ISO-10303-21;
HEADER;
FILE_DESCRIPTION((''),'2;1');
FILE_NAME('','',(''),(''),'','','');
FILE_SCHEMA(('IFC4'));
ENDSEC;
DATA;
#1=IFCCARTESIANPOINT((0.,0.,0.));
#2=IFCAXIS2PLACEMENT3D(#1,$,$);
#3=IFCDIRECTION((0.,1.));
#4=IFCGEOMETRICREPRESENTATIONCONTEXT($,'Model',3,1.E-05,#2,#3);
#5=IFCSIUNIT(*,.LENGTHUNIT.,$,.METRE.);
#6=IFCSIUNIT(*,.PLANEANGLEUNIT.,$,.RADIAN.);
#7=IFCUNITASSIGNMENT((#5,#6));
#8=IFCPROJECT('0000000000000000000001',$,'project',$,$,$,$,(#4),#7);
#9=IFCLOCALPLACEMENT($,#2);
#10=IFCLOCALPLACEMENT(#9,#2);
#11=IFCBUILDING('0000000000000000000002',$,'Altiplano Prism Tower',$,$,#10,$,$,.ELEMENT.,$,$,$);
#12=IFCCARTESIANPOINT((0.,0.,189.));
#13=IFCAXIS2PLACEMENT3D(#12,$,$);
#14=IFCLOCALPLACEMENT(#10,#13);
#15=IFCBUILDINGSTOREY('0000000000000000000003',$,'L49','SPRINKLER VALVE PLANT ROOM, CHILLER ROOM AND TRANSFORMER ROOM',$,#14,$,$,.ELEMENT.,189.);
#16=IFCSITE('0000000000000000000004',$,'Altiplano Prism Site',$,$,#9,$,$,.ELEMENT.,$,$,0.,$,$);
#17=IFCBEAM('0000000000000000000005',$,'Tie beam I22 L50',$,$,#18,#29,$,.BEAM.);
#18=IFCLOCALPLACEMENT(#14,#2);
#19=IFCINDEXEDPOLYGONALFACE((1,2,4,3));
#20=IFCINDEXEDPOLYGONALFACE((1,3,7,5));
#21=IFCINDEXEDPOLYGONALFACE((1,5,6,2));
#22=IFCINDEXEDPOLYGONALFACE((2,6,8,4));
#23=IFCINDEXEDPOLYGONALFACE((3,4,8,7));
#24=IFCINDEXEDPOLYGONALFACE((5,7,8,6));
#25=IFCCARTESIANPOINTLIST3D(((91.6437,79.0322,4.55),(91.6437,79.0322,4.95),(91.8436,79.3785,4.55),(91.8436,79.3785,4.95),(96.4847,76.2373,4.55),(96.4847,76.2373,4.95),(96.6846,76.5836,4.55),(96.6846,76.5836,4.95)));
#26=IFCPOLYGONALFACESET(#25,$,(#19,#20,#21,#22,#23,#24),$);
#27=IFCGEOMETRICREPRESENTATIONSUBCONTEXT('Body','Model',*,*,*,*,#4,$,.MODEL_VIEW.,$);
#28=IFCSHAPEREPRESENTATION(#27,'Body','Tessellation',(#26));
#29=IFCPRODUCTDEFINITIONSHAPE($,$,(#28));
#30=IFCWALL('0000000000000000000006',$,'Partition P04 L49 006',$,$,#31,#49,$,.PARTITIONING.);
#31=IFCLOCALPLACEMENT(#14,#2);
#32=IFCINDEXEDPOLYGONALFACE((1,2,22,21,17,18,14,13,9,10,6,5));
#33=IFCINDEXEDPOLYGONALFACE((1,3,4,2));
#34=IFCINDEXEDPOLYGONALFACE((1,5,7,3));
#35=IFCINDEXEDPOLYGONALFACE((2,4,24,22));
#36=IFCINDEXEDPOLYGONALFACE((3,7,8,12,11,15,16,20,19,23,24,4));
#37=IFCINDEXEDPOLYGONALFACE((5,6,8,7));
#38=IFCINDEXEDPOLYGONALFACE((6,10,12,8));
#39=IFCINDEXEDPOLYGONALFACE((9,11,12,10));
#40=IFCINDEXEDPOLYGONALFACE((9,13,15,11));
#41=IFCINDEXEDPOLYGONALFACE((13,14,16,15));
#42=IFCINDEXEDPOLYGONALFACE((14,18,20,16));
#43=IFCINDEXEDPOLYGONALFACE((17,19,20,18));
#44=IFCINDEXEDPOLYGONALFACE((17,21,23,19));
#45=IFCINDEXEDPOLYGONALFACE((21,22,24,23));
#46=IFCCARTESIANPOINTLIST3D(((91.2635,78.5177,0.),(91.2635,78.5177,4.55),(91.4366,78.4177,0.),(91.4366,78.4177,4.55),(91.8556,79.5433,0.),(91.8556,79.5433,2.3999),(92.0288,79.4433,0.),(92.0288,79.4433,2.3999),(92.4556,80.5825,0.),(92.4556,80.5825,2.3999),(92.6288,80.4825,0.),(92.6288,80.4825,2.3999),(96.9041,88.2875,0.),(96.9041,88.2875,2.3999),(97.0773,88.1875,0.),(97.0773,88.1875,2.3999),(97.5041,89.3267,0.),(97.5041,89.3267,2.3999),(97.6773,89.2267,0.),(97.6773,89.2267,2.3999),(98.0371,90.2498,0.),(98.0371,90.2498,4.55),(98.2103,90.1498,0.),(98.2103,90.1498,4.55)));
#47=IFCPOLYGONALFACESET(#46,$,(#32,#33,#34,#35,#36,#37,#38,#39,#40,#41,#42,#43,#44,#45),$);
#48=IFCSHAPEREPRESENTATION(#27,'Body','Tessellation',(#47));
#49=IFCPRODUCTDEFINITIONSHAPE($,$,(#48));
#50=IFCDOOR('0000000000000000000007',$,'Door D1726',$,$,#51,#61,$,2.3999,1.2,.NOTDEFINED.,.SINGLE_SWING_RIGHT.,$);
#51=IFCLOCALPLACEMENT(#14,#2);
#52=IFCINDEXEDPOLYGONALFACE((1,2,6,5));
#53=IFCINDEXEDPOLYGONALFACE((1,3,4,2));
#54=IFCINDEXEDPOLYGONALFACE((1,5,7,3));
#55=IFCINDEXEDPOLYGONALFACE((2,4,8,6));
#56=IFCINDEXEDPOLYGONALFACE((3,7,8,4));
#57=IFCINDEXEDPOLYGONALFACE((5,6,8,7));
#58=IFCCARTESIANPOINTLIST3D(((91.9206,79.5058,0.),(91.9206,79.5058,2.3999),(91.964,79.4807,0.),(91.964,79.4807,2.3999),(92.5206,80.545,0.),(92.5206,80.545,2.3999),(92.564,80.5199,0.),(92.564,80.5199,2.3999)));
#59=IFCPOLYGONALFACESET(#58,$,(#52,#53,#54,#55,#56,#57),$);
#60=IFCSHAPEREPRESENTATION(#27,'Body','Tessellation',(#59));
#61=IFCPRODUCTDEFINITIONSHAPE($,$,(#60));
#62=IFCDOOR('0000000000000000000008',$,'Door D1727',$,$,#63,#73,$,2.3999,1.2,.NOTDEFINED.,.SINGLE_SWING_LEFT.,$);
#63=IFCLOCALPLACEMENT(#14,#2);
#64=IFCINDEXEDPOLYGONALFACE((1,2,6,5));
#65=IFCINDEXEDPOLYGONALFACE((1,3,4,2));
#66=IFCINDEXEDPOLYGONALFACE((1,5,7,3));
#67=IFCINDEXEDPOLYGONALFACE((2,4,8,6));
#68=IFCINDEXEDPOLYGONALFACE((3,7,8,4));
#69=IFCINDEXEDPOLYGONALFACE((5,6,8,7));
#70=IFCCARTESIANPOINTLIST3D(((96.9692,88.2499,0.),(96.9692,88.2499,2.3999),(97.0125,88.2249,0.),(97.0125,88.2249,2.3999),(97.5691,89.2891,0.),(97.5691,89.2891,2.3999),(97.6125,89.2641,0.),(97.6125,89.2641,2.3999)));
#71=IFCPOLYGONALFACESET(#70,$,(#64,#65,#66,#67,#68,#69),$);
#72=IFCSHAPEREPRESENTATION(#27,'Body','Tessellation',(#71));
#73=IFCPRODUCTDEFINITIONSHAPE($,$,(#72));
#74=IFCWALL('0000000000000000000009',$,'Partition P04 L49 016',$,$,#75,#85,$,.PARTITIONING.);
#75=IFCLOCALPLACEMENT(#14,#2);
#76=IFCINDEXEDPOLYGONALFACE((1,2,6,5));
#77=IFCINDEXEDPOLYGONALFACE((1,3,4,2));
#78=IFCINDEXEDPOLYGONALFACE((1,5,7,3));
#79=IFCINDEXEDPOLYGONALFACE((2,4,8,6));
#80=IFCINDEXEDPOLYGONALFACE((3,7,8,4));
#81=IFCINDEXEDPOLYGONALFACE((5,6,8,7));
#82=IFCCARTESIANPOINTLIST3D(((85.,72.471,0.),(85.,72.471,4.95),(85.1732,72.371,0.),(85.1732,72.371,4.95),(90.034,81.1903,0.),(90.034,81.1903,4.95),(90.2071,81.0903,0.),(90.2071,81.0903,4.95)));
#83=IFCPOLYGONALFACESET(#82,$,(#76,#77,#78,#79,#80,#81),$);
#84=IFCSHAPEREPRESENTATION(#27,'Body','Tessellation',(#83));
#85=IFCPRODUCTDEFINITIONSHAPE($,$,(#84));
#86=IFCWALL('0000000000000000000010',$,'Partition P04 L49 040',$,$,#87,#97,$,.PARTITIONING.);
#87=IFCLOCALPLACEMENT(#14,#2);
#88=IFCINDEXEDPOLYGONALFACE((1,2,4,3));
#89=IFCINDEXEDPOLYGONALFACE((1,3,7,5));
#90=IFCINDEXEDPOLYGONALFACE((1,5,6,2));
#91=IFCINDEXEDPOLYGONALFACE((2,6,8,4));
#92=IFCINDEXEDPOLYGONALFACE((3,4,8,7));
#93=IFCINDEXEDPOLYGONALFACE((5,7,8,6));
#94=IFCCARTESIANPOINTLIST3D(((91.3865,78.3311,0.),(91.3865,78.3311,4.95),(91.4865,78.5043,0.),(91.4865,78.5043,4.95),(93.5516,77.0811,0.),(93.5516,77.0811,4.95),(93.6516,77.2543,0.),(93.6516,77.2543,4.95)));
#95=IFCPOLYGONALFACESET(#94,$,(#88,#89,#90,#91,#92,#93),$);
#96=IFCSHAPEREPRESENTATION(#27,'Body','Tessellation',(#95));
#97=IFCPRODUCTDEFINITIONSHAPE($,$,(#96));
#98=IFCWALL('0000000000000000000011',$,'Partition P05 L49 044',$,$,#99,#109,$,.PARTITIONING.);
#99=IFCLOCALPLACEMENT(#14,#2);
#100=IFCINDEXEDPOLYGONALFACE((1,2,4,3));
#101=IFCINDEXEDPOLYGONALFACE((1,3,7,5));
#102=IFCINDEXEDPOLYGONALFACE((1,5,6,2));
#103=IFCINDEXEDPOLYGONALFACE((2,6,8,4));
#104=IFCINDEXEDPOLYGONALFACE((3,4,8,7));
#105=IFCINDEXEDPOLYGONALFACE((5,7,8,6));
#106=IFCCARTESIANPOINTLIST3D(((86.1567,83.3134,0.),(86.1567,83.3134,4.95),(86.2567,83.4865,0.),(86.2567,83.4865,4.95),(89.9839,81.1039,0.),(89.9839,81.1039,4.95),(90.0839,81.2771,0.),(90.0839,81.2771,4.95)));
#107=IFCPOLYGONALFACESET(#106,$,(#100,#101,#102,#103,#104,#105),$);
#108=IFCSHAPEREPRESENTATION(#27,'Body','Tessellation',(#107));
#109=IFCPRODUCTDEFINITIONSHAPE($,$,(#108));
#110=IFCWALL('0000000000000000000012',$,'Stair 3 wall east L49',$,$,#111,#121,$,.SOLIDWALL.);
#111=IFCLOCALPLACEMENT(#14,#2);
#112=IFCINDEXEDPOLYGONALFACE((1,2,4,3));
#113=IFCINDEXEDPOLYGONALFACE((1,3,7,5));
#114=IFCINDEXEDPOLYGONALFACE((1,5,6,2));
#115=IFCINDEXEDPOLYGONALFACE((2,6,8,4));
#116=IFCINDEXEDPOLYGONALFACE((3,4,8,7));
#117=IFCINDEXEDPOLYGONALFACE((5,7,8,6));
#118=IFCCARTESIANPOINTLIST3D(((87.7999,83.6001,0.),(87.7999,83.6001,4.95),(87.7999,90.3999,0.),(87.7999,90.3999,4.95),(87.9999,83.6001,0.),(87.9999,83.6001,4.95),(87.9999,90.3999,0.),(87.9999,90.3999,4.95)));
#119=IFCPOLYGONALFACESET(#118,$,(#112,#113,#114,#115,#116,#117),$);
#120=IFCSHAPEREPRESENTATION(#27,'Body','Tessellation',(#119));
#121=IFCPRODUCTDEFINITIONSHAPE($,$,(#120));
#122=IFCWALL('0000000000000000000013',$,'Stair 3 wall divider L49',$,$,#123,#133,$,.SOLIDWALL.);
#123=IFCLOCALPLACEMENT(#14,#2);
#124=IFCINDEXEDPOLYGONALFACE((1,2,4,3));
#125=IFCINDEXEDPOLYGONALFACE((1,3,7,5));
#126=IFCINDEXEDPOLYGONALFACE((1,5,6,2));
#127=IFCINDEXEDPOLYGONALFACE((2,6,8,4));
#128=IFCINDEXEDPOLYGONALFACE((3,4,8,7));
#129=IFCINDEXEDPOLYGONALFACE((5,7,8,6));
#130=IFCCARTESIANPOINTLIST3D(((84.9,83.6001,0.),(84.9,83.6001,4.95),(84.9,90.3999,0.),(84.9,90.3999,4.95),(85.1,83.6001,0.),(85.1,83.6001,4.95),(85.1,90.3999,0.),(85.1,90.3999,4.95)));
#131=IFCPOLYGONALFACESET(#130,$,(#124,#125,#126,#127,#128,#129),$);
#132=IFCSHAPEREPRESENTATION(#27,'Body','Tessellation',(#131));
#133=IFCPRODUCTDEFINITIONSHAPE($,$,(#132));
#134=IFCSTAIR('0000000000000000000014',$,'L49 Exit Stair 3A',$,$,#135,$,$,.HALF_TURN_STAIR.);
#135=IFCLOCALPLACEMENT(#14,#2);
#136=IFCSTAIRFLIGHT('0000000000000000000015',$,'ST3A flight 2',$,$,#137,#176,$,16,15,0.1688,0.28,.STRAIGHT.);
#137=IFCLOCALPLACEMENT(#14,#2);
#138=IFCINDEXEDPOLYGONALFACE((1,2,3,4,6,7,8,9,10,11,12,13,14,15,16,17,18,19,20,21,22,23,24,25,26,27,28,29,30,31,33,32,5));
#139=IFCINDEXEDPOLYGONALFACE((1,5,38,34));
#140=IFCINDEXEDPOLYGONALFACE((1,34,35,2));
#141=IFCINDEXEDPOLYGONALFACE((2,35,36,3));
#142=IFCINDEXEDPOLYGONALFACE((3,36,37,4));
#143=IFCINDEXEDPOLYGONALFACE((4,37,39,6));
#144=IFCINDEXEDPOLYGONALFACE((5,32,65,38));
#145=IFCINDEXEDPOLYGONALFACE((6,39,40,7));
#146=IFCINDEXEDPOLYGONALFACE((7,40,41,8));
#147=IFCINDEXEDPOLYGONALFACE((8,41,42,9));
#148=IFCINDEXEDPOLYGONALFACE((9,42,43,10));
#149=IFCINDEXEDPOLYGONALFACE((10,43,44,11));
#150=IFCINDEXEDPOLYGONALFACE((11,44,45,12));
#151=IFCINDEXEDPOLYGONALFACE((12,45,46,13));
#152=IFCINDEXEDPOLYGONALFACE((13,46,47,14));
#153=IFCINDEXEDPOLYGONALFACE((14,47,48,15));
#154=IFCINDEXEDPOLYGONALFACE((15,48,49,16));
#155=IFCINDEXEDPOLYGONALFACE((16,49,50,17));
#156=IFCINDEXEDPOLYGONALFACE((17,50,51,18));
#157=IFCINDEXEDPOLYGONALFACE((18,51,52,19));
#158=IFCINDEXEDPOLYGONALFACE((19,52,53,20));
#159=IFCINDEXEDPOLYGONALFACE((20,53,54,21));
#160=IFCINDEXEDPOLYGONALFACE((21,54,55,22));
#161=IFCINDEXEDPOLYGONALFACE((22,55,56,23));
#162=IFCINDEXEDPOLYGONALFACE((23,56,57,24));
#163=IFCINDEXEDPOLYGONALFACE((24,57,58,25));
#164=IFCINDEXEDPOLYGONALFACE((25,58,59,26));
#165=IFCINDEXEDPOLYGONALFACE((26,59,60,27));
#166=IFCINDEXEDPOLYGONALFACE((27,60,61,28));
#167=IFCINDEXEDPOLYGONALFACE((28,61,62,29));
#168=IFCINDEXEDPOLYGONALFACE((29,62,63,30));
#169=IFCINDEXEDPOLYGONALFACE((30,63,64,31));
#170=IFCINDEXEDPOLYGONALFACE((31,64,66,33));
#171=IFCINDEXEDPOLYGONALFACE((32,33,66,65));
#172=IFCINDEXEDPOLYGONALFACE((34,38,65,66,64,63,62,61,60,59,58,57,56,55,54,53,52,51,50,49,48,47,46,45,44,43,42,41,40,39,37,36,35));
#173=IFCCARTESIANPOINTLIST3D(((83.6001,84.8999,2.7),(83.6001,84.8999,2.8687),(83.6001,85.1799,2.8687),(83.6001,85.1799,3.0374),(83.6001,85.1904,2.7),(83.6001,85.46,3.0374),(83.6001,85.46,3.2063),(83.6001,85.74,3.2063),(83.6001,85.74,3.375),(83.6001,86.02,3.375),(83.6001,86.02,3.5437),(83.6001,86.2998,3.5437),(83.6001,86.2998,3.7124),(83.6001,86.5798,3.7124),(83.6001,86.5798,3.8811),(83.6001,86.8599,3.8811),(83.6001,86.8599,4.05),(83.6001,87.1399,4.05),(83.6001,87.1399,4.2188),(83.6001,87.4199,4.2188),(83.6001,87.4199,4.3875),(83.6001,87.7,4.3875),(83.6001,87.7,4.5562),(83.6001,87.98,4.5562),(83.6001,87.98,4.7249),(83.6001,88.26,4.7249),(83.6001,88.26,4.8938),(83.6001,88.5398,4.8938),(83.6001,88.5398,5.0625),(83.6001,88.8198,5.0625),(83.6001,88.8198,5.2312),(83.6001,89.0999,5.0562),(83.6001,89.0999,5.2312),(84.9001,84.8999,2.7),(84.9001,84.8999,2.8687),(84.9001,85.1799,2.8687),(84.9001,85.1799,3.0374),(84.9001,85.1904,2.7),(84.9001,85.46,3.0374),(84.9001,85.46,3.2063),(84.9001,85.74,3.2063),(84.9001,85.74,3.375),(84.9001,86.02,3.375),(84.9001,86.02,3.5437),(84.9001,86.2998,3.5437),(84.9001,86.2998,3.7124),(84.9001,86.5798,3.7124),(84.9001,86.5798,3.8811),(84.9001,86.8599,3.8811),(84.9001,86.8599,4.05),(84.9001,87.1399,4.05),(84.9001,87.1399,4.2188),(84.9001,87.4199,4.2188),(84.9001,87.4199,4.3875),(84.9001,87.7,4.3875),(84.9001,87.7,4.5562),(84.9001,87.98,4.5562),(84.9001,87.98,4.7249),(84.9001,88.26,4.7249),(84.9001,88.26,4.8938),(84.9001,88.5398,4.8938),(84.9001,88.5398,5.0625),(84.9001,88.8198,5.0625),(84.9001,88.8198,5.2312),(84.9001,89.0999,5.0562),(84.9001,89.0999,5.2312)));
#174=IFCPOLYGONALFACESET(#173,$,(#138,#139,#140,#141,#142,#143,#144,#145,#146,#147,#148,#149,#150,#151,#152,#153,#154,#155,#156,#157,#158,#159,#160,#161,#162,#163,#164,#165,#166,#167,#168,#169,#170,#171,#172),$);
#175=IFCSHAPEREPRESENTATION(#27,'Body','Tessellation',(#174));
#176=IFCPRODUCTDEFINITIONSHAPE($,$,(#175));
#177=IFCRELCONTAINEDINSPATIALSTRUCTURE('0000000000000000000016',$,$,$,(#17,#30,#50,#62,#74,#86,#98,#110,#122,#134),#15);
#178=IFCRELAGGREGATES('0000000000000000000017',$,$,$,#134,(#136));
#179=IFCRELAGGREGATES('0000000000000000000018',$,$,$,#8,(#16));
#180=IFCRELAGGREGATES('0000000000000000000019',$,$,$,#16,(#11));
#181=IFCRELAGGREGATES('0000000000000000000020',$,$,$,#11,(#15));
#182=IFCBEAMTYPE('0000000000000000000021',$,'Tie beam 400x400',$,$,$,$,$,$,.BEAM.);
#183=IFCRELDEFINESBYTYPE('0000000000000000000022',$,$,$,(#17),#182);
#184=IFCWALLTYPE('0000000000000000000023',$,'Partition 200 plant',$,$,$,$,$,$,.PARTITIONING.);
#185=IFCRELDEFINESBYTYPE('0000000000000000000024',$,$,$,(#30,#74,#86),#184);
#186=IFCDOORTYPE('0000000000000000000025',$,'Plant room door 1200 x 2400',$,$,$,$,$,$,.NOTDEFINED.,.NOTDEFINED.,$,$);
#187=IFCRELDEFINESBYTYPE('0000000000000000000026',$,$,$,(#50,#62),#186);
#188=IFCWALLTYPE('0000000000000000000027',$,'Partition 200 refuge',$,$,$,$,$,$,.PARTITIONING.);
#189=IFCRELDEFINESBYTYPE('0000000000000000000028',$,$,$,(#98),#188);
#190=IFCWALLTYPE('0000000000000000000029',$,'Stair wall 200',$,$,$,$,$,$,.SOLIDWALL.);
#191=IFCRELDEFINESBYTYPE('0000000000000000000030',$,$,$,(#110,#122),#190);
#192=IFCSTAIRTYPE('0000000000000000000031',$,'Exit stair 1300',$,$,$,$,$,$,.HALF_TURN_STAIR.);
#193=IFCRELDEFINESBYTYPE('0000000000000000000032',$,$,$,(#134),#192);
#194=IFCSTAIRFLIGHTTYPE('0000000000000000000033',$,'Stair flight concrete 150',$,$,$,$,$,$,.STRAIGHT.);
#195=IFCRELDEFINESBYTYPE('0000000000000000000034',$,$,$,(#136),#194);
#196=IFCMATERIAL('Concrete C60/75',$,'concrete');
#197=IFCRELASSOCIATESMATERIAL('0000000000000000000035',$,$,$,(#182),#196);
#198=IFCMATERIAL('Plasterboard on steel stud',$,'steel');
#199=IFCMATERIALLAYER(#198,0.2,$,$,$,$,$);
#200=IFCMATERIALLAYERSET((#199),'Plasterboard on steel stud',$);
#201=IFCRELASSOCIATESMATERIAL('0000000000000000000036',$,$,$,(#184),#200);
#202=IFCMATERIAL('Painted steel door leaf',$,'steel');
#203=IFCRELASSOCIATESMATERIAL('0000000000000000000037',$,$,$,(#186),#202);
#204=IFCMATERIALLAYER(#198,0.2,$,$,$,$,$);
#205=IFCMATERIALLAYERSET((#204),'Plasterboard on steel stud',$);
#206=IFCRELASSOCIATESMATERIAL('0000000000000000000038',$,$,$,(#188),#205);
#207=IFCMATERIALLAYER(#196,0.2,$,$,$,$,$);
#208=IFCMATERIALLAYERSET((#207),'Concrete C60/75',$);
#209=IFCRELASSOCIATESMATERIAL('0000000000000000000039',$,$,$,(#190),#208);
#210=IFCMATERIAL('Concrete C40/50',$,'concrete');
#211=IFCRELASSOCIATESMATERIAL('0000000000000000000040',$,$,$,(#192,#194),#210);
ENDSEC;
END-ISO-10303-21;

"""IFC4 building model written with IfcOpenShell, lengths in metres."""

from ifc_helpers import new_model, si_unit, direction, frame, frame_2d, origin, origin_2d, place, context, subcontext, project, spatial, polyline, rectangle, outline, extrude, material, layer, layer_set, material_profile, profile_set, type_object, element, fill, aggregate, save


model = new_model("IFC4")

# Units and contexts
model_context = context("Model", 3, precision=1e-05, world=origin(), true_north=direction((0.0, 1.0)))
body_context = subcontext(model_context, "Body", "Model", "MODEL_VIEW")
ifc_project = project(units=[si_unit("LENGTHUNIT", "METRE"), si_unit("PLANEANGLEUNIT", "RADIAN")], contexts=[model_context])

# Site, building, storey
site_placement = place(None, origin())
site = spatial("IfcSite", under=ifc_project, at=site_placement, Name="Altiplano Prism Site", CompositionType="ELEMENT", RefElevation=0.0)
building_placement = place(site_placement, origin())
building = spatial("IfcBuilding", under=site, at=building_placement, Name="Altiplano Prism Tower", CompositionType="ELEMENT")
storey_placement = place(building_placement, frame((0.0, 0.0, 189.0)))
storey = spatial("IfcBuildingStorey", under=building, at=storey_placement, Name="L49", Description="SPRINKLER VALVE PLANT ROOM, CHILLER ROOM AND TRANSFORMER ROOM", CompositionType="ELEMENT", Elevation=189.0)

# Shared definitions
ifc_material_1 = material(Name="Concrete C60/75", Category="concrete")

# Beam
ifc_material_profile_1 = material_profile(ifc_material_1, rectangle(XDim=0.3999, YDim=0.3999, at=origin_2d()), Name="Tie beam 400x400")
ifc_profile_set_1 = profile_set([ifc_material_profile_1], Name="Concrete C60/75")
beam_type = type_object("IfcBeamType", Name="Tie beam 400x400", PredefinedType="BEAM", material=ifc_profile_set_1)
beam_placement = place(storey_placement, frame((91.7437, 79.2053, 4.75), z_axis=(0.866031, -0.499991, 0.0), x_axis=(0.499991, 0.866031, 0.0)))
element("IfcBeam", 1, at=beam_placement, inside=storey, type_object=beam_type, Name="Tie beam I22 L50", PredefinedType="BEAM", context=body_context, shape_type="SweptSolid", body=[
    extrude(rectangle(XDim=0.3999, YDim=0.3999, at=origin_2d()), origin(), (0.0, 0.0, 1.0), 5.5898),
])

# Wall, openings, doors
ifc_material_2 = material(Name="Plasterboard on steel stud", Category="steel")
ifc_layer_1 = layer(ifc_material_2, 0.2)
ifc_layer_set_1 = layer_set([ifc_layer_1], Name="Plasterboard on steel stud")
wall_type_1 = type_object("IfcWallType", Name="Partition 200 plant", PredefinedType="PARTITIONING", material=ifc_layer_set_1)
wall_1_placement = place(storey_placement, frame((91.3501, 78.4678, 0.0), z_axis=(0.0, 0.0, 1.0), x_axis=(0.500006, 0.866022, 0.0)))
wall_1 = element("IfcWall", 2, at=wall_1_placement, inside=storey, type_object=wall_type_1, Name="Partition P04 L49 006", PredefinedType="PARTITIONING", context=body_context, shape_type="SweptSolid", body=[
    extrude(rectangle(XDim=13.5471, YDim=0.2, at=frame_2d((6.7734, 0.0))), origin(), (0.0, 0.0, 1.0), 4.55),
])
opening_1_placement = place(wall_1_placement, frame((1.1841, 0.0, 0.0)))
opening_1 = element("IfcOpeningElement", 3, at=opening_1_placement, cuts=wall_1, PredefinedType="OPENING", context=body_context, shape_type="SweptSolid", body=[
    extrude(rectangle(XDim=1.2, YDim=2.3999, at=frame_2d((0.6001, 1.2))), frame((0.0, 0.1104, 0.0), z_axis=(0.0, -1.0, 0.0), x_axis=(1.0, 0.0, 0.0)), (0.0, 0.0, 1.0), 0.2209),
])
opening_2_placement = place(wall_1_placement, frame((11.281, 0.0, 0.0)))
opening_2 = element("IfcOpeningElement", 4, at=opening_2_placement, cuts=wall_1, PredefinedType="OPENING", context=body_context, shape_type="SweptSolid", body=[
    extrude(rectangle(XDim=1.2, YDim=2.3999, at=frame_2d((0.6001, 1.2))), frame((0.0, 0.1104, 0.0), z_axis=(0.0, -1.0, 0.0), x_axis=(1.0, 0.0, 0.0)), (0.0, 0.0, 1.0), 0.2209),
])
ifc_material_3 = material(Name="Painted steel door leaf", Category="steel")
door_type = type_object("IfcDoorType", Name="Plant room door 1200 x 2400", OperationType="NOTDEFINED", PredefinedType="NOTDEFINED", material=ifc_material_3)
door_1_placement = place(opening_1_placement, origin())
door_1 = element("IfcDoor", 5, at=door_1_placement, inside=storey, type_object=door_type, Name="Door D1726", OperationType="SINGLE_SWING_RIGHT", OverallHeight=2.3999, OverallWidth=1.2, PredefinedType="NOTDEFINED", context=body_context, shape_type="SweptSolid", body=[
    extrude(rectangle(XDim=1.2, YDim=2.3999, at=frame_2d((0.6001, 1.2))), frame((0.0, 0.0249, 0.0), z_axis=(0.0, -1.0, 0.0), x_axis=(1.0, 0.0, 0.0)), (0.0, 0.0, 1.0), 0.05),
])
fill(opening_1, door_1)
door_2_placement = place(opening_2_placement, origin())
door_2 = element("IfcDoor", 6, at=door_2_placement, inside=storey, type_object=door_type, Name="Door D1727", OperationType="SINGLE_SWING_LEFT", OverallHeight=2.3999, OverallWidth=1.2, PredefinedType="NOTDEFINED", context=body_context, shape_type="SweptSolid", body=[
    extrude(rectangle(XDim=1.2, YDim=2.3999, at=frame_2d((0.6001, 1.2))), frame((0.0, 0.0249, 0.0), z_axis=(0.0, -1.0, 0.0), x_axis=(1.0, 0.0, 0.0)), (0.0, 0.0, 1.0), 0.05),
])
fill(opening_2, door_2)

# Walls
wall_2_placement = place(storey_placement, frame((90.1206, 81.1404, 0.0), z_axis=(0.0, 0.0, 1.0), x_axis=(-0.499991, -0.866031, 0.0)))
element("IfcWall", 7, at=wall_2_placement, inside=storey, type_object=wall_type_1, Name="Partition P04 L49 016", PredefinedType="PARTITIONING", context=body_context, shape_type="SweptSolid", body=[
    extrude(rectangle(XDim=10.0681, YDim=0.2, at=frame_2d((5.0342, 0.0))), origin(), (0.0, 0.0, 1.0), 4.95),
])
wall_3_placement = place(storey_placement, frame((91.4365, 78.4177, 0.0), z_axis=(0.0, 0.0, 1.0), x_axis=(0.866023, -0.500004, 0.0)))
element("IfcWall", 8, at=wall_3_placement, inside=storey, type_object=wall_type_1, Name="Partition P04 L49 040", PredefinedType="PARTITIONING", context=body_context, shape_type="SweptSolid", body=[
    extrude(rectangle(XDim=2.5, YDim=0.2, at=frame_2d((1.25, 0.0))), origin(), (0.0, 0.0, 1.0), 4.95),
])
ifc_layer_2 = layer(ifc_material_2, 0.2)
ifc_layer_set_2 = layer_set([ifc_layer_2], Name="Plasterboard on steel stud")
wall_type_2 = type_object("IfcWallType", Name="Partition 200 refuge", PredefinedType="PARTITIONING", material=ifc_layer_set_2)
wall_4_placement = place(storey_placement, frame((86.2068, 83.3999, 0.0), z_axis=(0.0, 0.0, 1.0), x_axis=(0.866038, -0.499978, 0.0)))
element("IfcWall", 9, at=wall_4_placement, inside=storey, type_object=wall_type_2, Name="Partition P05 L49 044", PredefinedType="PARTITIONING", context=body_context, shape_type="SweptSolid", body=[
    extrude(rectangle(XDim=4.4192, YDim=0.2, at=frame_2d((2.2095, 0.0))), origin(), (0.0, 0.0, 1.0), 4.95),
])
ifc_layer_3 = layer(ifc_material_1, 0.2)
ifc_layer_set_3 = layer_set([ifc_layer_3], Name="Concrete C60/75")
wall_type_3 = type_object("IfcWallType", Name="Stair wall 200", PredefinedType="SOLIDWALL", material=ifc_layer_set_3)
for number, where, z_axis, x_axis, name in (
    (10, (87.8999, 83.6001, 0.0), (0.0, 0.0, 1.0), (0.0, 1.0, 0.0), "Stair 3 wall east L49"),
    (11, (85.0, 83.6001, 0.0), (0.0, 0.0, 1.0), (0.0, 1.0, 0.0), "Stair 3 wall divider L49"),
):
    element("IfcWall", number, at=place(storey_placement, frame(where, z_axis=z_axis, x_axis=x_axis)), inside=storey, type_object=wall_type_3, Name=name, PredefinedType="SOLIDWALL", context=body_context, shape_type="SweptSolid", body=[
        extrude(rectangle(XDim=6.7998, YDim=0.2, at=frame_2d((3.3999, 0.0))), origin(), (0.0, 0.0, 1.0), 4.95),
    ])

# Stair, stair flight
ifc_material_4 = material(Name="Concrete C40/50", Category="concrete")
stair_type = type_object("IfcStairType", Name="Exit stair 1300", PredefinedType="HALF_TURN_STAIR", material=ifc_material_4)
stair_1_placement = place(storey_placement, origin())
stair_1 = element("IfcStair", 12, at=stair_1_placement, inside=storey, type_object=stair_type, Name="L49 Exit Stair 3A", PredefinedType="HALF_TURN_STAIR")
stair_flight_type = type_object("IfcStairFlightType", Name="Stair flight concrete 150", PredefinedType="STRAIGHT", material=ifc_material_4)
stair_flight_1_placement = place(storey_placement, frame((84.25, 84.8999, 2.7), z_axis=(0.0, 0.0, 1.0), x_axis=(0.0, 1.0, 0.0)))
stair_flight_1 = element("IfcStairFlight", 13, at=stair_flight_1_placement, type_object=stair_flight_type, Name="ST3A flight 2", NumberOfRisers=16, NumberOfTreads=15, PredefinedType="STRAIGHT", RiserHeight=0.1688, TreadLength=0.28, context=body_context, shape_type="SweptSolid", body=[
    extrude(outline(polyline([(0.0, 0.0), (0.0, 0.1687), (0.28, 0.1687), (0.28, 0.3374), (0.5601, 0.3374), (0.5601, 0.5063), (0.8401, 0.5063), (0.8401, 0.675), (1.1201, 0.675), (1.1201, 0.8438), (1.3999, 0.8438), (1.3999, 1.0125), (1.6799, 1.0125), (1.6799, 1.1812), (1.96, 1.1812), (1.96, 1.3501), (2.24, 1.3501), (2.24, 1.5188), (2.52, 1.5188), (2.52, 1.6875), (2.8, 1.6875), (2.8, 1.8562), (3.0801, 1.8562), (3.0801, 2.0249), (3.3601, 2.0249), (3.3601, 2.1938), (3.6399, 2.1938), (3.6399, 2.3625), (3.9199, 2.3625), (3.9199, 2.5312), (4.2, 2.5312), (4.2, 2.7), (4.2, 2.3562), (0.2905, 0.0), (0.0, 0.0)])), frame((0.0, 0.6499, 0.0), z_axis=(0.0, -1.0, 0.0), x_axis=(1.0, 0.0, 0.0)), (0.0, 0.0, 1.0), 1.3),
])
aggregate(stair_1, [stair_flight_1])

save(model, "model.ifc")
